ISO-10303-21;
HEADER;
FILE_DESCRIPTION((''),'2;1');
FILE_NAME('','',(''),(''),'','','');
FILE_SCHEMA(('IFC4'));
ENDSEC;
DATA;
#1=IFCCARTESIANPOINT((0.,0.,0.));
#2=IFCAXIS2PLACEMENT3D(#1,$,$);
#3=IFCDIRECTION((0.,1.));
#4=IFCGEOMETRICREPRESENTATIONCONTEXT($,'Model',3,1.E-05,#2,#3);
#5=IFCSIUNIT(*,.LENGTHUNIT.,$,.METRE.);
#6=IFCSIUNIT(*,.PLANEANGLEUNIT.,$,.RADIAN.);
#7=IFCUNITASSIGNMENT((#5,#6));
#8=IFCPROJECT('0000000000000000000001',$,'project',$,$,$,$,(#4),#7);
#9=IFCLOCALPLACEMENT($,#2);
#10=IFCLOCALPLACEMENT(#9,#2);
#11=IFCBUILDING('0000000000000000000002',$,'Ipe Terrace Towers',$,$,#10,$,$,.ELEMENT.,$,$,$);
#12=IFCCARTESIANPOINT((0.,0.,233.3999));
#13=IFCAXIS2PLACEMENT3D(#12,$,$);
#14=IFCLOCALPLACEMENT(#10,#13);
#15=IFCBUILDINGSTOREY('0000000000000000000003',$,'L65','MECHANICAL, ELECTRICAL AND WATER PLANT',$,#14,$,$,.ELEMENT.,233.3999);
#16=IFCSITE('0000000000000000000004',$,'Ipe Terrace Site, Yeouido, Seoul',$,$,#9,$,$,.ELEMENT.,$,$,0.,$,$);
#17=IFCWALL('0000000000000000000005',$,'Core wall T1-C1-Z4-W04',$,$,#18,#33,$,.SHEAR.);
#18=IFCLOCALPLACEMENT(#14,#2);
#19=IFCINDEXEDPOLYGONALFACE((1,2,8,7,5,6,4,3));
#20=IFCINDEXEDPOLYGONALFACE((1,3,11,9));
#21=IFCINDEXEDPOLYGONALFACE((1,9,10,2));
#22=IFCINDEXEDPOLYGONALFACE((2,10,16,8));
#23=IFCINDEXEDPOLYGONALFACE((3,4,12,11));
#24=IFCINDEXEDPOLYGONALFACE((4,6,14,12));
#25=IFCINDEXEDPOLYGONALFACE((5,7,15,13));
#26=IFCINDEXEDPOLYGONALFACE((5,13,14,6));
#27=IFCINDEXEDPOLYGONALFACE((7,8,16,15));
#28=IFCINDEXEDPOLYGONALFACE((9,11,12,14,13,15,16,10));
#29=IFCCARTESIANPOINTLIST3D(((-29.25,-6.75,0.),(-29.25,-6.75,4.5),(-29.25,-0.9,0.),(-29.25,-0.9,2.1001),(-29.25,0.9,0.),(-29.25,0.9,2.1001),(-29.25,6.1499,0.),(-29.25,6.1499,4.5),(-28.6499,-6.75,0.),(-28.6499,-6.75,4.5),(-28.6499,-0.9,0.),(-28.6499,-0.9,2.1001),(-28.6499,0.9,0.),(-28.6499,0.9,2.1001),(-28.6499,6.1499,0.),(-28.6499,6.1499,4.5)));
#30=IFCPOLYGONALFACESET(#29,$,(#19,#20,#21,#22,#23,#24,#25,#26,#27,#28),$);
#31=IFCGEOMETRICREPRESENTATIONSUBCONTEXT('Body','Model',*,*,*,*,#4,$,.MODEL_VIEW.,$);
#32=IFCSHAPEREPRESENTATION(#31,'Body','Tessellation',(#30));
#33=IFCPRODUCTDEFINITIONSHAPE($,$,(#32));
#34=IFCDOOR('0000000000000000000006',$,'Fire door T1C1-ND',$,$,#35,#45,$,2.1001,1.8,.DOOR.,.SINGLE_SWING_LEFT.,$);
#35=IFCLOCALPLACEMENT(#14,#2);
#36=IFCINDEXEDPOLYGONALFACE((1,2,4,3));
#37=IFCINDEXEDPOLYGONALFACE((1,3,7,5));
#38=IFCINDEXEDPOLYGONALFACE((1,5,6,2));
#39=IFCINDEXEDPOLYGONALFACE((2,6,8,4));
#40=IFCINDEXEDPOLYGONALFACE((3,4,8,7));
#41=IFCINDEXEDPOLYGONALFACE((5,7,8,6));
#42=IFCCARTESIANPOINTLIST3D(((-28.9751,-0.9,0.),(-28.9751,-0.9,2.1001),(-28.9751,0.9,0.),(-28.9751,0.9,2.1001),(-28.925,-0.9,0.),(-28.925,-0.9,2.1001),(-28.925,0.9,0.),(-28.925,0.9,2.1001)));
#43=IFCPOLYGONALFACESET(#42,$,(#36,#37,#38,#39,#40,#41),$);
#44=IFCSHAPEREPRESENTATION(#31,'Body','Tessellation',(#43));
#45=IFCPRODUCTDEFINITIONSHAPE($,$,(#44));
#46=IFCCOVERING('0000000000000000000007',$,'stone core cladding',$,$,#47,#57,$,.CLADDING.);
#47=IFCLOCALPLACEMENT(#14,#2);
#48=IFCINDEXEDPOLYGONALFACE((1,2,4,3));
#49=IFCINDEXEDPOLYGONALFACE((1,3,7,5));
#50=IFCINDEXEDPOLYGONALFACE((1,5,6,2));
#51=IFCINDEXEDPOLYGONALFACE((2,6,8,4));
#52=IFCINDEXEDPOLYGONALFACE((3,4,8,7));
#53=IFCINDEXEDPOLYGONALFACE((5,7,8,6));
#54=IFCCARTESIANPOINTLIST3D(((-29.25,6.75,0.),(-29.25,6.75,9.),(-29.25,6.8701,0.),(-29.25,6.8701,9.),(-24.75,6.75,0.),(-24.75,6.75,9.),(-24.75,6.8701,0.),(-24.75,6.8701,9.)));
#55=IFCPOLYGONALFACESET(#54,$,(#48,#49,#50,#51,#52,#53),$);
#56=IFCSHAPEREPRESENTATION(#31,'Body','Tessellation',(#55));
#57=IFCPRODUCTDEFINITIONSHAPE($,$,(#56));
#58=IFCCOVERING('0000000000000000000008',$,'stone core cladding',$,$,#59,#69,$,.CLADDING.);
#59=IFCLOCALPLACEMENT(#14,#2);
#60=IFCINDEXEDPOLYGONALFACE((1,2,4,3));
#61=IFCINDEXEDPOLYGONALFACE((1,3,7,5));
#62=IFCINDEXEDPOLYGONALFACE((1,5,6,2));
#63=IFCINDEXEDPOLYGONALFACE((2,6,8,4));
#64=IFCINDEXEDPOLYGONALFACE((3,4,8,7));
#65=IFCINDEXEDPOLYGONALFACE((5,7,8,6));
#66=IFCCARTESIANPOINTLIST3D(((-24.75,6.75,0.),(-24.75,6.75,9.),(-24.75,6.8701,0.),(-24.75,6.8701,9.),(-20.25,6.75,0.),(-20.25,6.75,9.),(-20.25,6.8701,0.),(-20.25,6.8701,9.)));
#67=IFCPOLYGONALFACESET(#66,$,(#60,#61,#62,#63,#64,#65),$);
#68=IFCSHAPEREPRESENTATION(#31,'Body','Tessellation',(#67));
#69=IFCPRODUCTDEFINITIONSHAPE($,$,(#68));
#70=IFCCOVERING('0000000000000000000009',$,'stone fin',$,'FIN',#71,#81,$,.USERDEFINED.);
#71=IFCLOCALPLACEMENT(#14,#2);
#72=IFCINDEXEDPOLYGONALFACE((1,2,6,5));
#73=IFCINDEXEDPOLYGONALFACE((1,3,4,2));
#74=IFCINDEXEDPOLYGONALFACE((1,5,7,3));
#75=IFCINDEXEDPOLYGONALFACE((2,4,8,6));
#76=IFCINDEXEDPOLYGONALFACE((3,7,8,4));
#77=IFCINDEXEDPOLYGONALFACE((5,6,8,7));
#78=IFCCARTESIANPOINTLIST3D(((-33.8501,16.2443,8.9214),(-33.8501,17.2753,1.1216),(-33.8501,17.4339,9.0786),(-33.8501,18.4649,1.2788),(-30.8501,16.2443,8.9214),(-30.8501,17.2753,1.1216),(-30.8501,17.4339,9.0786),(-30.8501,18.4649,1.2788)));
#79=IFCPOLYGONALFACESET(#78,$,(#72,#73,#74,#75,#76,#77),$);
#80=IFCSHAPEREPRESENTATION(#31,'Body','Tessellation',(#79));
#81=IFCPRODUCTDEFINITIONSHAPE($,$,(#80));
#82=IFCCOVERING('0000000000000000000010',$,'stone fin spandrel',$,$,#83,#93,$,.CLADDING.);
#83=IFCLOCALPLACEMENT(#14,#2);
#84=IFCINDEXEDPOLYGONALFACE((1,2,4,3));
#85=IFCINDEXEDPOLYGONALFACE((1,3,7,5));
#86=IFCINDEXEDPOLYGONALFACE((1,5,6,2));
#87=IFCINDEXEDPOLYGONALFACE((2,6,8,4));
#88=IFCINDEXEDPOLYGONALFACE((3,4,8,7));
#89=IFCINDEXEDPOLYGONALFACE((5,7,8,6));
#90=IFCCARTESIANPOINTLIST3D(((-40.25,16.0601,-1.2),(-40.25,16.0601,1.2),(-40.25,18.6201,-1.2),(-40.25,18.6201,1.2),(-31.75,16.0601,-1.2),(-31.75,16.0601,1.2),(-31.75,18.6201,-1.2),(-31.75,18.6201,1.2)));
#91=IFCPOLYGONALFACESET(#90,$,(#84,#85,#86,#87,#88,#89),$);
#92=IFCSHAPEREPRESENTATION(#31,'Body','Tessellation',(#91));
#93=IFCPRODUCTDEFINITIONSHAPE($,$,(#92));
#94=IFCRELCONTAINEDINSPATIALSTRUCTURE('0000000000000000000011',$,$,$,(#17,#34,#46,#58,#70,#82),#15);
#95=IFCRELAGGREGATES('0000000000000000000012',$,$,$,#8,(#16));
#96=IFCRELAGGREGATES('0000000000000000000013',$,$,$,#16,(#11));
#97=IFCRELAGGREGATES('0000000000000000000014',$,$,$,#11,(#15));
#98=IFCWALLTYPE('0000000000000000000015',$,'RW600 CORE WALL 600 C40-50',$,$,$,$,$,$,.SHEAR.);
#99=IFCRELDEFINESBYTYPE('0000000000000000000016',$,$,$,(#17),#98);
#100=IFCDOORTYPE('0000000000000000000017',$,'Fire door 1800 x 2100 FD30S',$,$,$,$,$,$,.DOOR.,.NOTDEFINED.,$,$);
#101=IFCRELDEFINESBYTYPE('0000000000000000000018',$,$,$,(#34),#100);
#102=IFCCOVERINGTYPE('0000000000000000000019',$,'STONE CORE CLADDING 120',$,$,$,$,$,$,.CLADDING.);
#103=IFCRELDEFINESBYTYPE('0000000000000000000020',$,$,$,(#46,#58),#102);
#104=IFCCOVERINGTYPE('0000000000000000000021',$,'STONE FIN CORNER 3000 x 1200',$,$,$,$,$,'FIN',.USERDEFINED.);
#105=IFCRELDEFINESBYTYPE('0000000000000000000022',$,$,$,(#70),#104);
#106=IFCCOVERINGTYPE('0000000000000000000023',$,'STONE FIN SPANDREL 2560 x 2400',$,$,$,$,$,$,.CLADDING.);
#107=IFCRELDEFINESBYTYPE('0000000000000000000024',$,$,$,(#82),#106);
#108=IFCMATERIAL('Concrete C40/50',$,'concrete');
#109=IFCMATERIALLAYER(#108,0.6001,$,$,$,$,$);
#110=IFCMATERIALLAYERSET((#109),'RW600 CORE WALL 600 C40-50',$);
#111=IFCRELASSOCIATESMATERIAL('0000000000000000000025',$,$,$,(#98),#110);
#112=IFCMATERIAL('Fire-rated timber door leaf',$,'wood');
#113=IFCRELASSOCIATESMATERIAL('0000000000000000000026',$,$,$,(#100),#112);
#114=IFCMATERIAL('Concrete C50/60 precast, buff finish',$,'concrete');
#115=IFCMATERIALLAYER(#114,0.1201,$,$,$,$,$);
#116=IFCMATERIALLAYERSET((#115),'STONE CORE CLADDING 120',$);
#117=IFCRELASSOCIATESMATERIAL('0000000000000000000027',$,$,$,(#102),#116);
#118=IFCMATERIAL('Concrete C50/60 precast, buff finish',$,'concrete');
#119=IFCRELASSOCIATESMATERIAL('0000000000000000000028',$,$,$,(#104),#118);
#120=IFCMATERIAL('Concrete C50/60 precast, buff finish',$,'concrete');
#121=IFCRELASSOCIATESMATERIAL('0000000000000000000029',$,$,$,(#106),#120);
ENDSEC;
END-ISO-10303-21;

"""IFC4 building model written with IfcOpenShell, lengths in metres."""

from ifc_helpers import new_model, si_unit, direction, frame, frame_2d, origin, origin_2d, place, context, subcontext, project, spatial, rectangle, extrude, material, layer, layer_set, material_profile, profile_set, type_object, element, fill, save


model = new_model("IFC4")

# Units and contexts
model_context = context("Model", 3, precision=1e-05, world=origin(), true_north=direction((0.0, 1.0)))
body_context = subcontext(model_context, "Body", "Model", "MODEL_VIEW")
ifc_project = project(units=[si_unit("LENGTHUNIT", "METRE"), si_unit("PLANEANGLEUNIT", "RADIAN")], contexts=[model_context])

# Site, building, storey
site_placement = place(None, origin())
site = spatial("IfcSite", under=ifc_project, at=site_placement, Name="Ipe Terrace Site, Yeouido, Seoul", CompositionType="ELEMENT", RefElevation=0.0)
building_placement = place(site_placement, origin())
building = spatial("IfcBuilding", under=site, at=building_placement, Name="Ipe Terrace Towers", CompositionType="ELEMENT")
storey_placement = place(building_placement, frame((0.0, 0.0, 233.3999)))
storey = spatial("IfcBuildingStorey", under=building, at=storey_placement, Name="L65", Description="MECHANICAL, ELECTRICAL AND WATER PLANT", CompositionType="ELEMENT", Elevation=233.3999)

# Shared definitions
ifc_material_1 = material(Name="Concrete C40/50", Category="concrete")
ifc_layer_1 = layer(ifc_material_1, 0.6001)
ifc_layer_set_1 = layer_set([ifc_layer_1], Name="RW600 CORE WALL 600 C40-50")
wall_type_1 = type_object("IfcWallType", Name="RW600 CORE WALL 600 C40-50", PredefinedType="SHEAR", material=ifc_layer_set_1)

# Wall, opening, door
wall_1_placement = place(storey_placement, frame((-28.95, 6.1499, 0.0), z_axis=(0.0, 0.0, 1.0), x_axis=(0.0, -1.0, 0.0)))
wall_1 = element("IfcWall", 1, at=wall_1_placement, inside=storey, type_object=wall_type_1, Name="Core wall T1-C1-Z4-W04", PredefinedType="SHEAR", context=body_context, shape_type="SweptSolid", body=[
    extrude(rectangle(XDim=12.8999, YDim=0.6001, at=frame_2d((6.45, 0.0))), origin(), (0.0, 0.0, 1.0), 4.5),
])
opening_1_placement = place(wall_1_placement, frame((5.25, 0.0, 0.0)))
opening_1 = element("IfcOpeningElement", 2, at=opening_1_placement, cuts=wall_1, PredefinedType="OPENING", context=body_context, shape_type="SweptSolid", body=[
    extrude(rectangle(XDim=1.8, YDim=2.1001, at=frame_2d((0.8999, 1.05))), frame((0.0, 0.3101, 0.0), z_axis=(0.0, -1.0, 0.0), x_axis=(1.0, 0.0, 0.0)), (0.0, 0.0, 1.0), 0.6201),
])
ifc_material_2 = material(Name="Fire-rated timber door leaf", Category="wood")
door_type_1 = type_object("IfcDoorType", Name="Fire door 1800 x 2100 FD30S", OperationType="NOTDEFINED", PredefinedType="DOOR", material=ifc_material_2)
door_1_placement = place(opening_1_placement, origin())
door_1 = element("IfcDoor", 3, at=door_1_placement, inside=storey, type_object=door_type_1, Name="Fire door T1C1-ND", OperationType="SINGLE_SWING_LEFT", OverallHeight=2.1001, OverallWidth=1.8, PredefinedType="DOOR", context=body_context, shape_type="SweptSolid", body=[
    extrude(rectangle(XDim=1.8, YDim=2.1001, at=frame_2d((0.8999, 1.05))), frame((0.0, 0.0249, 0.0), z_axis=(0.0, -1.0, 0.0), x_axis=(1.0, 0.0, 0.0)), (0.0, 0.0, 1.0), 0.05),
])
fill(opening_1, door_1)

# Coverings
ifc_material_3 = material(Name="Concrete C50/60 precast, buff finish", Category="concrete")
ifc_layer_2 = layer(ifc_material_3, 0.1201)
ifc_layer_set_2 = layer_set([ifc_layer_2], Name="STONE CORE CLADDING 120")
covering_type_1 = type_object("IfcCoveringType", Name="STONE CORE CLADDING 120", PredefinedType="CLADDING", material=ifc_layer_set_2)
for number, where, z_axis, x_axis, name in (
    (4, (-27.0, 6.8101, 0.0), (0.0, 0.0, 1.0), (-1.0, 0.0, 0.0), "stone core cladding"),
    (5, (-22.5, 6.8101, 0.0), (0.0, 0.0, 1.0), (-1.0, 0.0, 0.0), "stone core cladding"),
):
    element("IfcCovering", number, at=place(storey_placement, frame(where, z_axis=z_axis, x_axis=x_axis)), inside=storey, type_object=covering_type_1, Name=name, PredefinedType="CLADDING", context=body_context, shape_type="SweptSolid", body=[
        extrude(rectangle(XDim=4.5, YDim=0.1201, at=origin_2d()), origin(), (0.0, 0.0, 1.0), 9.0),
    ])
ifc_material_4 = material(Name="Concrete C50/60 precast, buff finish", Category="concrete")
ifc_material_profile_1 = material_profile(ifc_material_4, rectangle(XDim=3.0, YDim=1.2, at=origin_2d()), Name="STONE FIN CORNER 3000 x 1200")
ifc_profile_set_1 = profile_set([ifc_material_profile_1], Name="Concrete C50/60 precast, buff finish")
covering_type_2 = type_object("IfcCoveringType", Name="STONE FIN CORNER 3000 x 1200", ElementType="FIN", PredefinedType="USERDEFINED", material=ifc_profile_set_1)
covering_1_placement = place(storey_placement, frame((-32.3501, 17.8701, 1.2002), z_axis=(0.0, -0.131044, 0.991377), x_axis=(-1.0, 0.0, 0.0)))
element("IfcCovering", 6, at=covering_1_placement, inside=storey, type_object=covering_type_2, Name="stone fin", ObjectType="FIN", PredefinedType="USERDEFINED", context=body_context, shape_type="SweptSolid", body=[
    extrude(rectangle(XDim=3.0, YDim=1.2, at=origin_2d()), origin(), (0.0, 0.0, 1.0), 7.8677),
])
ifc_material_5 = material(Name="Concrete C50/60 precast, buff finish", Category="concrete")
ifc_material_profile_2 = material_profile(ifc_material_5, rectangle(XDim=2.5601, YDim=2.3999, at=origin_2d()), Name="STONE FIN SPANDREL 2560 x 2400")
ifc_profile_set_2 = profile_set([ifc_material_profile_2], Name="Concrete C50/60 precast, buff finish")
covering_type_3 = type_object("IfcCoveringType", Name="STONE FIN SPANDREL 2560 x 2400", PredefinedType="CLADDING", material=ifc_profile_set_2)
covering_2_placement = place(storey_placement, frame((-31.75, 17.3401, 0.0), z_axis=(-1.0, 0.0, 0.0), x_axis=(0.0, 1.0, 0.0)))
element("IfcCovering", 7, at=covering_2_placement, inside=storey, type_object=covering_type_3, Name="stone fin spandrel", PredefinedType="CLADDING", context=body_context, shape_type="SweptSolid", body=[
    extrude(rectangle(XDim=2.5601, YDim=2.3999, at=origin_2d()), origin(), (0.0, 0.0, 1.0), 8.5),
])

save(model, "model.ifc")
